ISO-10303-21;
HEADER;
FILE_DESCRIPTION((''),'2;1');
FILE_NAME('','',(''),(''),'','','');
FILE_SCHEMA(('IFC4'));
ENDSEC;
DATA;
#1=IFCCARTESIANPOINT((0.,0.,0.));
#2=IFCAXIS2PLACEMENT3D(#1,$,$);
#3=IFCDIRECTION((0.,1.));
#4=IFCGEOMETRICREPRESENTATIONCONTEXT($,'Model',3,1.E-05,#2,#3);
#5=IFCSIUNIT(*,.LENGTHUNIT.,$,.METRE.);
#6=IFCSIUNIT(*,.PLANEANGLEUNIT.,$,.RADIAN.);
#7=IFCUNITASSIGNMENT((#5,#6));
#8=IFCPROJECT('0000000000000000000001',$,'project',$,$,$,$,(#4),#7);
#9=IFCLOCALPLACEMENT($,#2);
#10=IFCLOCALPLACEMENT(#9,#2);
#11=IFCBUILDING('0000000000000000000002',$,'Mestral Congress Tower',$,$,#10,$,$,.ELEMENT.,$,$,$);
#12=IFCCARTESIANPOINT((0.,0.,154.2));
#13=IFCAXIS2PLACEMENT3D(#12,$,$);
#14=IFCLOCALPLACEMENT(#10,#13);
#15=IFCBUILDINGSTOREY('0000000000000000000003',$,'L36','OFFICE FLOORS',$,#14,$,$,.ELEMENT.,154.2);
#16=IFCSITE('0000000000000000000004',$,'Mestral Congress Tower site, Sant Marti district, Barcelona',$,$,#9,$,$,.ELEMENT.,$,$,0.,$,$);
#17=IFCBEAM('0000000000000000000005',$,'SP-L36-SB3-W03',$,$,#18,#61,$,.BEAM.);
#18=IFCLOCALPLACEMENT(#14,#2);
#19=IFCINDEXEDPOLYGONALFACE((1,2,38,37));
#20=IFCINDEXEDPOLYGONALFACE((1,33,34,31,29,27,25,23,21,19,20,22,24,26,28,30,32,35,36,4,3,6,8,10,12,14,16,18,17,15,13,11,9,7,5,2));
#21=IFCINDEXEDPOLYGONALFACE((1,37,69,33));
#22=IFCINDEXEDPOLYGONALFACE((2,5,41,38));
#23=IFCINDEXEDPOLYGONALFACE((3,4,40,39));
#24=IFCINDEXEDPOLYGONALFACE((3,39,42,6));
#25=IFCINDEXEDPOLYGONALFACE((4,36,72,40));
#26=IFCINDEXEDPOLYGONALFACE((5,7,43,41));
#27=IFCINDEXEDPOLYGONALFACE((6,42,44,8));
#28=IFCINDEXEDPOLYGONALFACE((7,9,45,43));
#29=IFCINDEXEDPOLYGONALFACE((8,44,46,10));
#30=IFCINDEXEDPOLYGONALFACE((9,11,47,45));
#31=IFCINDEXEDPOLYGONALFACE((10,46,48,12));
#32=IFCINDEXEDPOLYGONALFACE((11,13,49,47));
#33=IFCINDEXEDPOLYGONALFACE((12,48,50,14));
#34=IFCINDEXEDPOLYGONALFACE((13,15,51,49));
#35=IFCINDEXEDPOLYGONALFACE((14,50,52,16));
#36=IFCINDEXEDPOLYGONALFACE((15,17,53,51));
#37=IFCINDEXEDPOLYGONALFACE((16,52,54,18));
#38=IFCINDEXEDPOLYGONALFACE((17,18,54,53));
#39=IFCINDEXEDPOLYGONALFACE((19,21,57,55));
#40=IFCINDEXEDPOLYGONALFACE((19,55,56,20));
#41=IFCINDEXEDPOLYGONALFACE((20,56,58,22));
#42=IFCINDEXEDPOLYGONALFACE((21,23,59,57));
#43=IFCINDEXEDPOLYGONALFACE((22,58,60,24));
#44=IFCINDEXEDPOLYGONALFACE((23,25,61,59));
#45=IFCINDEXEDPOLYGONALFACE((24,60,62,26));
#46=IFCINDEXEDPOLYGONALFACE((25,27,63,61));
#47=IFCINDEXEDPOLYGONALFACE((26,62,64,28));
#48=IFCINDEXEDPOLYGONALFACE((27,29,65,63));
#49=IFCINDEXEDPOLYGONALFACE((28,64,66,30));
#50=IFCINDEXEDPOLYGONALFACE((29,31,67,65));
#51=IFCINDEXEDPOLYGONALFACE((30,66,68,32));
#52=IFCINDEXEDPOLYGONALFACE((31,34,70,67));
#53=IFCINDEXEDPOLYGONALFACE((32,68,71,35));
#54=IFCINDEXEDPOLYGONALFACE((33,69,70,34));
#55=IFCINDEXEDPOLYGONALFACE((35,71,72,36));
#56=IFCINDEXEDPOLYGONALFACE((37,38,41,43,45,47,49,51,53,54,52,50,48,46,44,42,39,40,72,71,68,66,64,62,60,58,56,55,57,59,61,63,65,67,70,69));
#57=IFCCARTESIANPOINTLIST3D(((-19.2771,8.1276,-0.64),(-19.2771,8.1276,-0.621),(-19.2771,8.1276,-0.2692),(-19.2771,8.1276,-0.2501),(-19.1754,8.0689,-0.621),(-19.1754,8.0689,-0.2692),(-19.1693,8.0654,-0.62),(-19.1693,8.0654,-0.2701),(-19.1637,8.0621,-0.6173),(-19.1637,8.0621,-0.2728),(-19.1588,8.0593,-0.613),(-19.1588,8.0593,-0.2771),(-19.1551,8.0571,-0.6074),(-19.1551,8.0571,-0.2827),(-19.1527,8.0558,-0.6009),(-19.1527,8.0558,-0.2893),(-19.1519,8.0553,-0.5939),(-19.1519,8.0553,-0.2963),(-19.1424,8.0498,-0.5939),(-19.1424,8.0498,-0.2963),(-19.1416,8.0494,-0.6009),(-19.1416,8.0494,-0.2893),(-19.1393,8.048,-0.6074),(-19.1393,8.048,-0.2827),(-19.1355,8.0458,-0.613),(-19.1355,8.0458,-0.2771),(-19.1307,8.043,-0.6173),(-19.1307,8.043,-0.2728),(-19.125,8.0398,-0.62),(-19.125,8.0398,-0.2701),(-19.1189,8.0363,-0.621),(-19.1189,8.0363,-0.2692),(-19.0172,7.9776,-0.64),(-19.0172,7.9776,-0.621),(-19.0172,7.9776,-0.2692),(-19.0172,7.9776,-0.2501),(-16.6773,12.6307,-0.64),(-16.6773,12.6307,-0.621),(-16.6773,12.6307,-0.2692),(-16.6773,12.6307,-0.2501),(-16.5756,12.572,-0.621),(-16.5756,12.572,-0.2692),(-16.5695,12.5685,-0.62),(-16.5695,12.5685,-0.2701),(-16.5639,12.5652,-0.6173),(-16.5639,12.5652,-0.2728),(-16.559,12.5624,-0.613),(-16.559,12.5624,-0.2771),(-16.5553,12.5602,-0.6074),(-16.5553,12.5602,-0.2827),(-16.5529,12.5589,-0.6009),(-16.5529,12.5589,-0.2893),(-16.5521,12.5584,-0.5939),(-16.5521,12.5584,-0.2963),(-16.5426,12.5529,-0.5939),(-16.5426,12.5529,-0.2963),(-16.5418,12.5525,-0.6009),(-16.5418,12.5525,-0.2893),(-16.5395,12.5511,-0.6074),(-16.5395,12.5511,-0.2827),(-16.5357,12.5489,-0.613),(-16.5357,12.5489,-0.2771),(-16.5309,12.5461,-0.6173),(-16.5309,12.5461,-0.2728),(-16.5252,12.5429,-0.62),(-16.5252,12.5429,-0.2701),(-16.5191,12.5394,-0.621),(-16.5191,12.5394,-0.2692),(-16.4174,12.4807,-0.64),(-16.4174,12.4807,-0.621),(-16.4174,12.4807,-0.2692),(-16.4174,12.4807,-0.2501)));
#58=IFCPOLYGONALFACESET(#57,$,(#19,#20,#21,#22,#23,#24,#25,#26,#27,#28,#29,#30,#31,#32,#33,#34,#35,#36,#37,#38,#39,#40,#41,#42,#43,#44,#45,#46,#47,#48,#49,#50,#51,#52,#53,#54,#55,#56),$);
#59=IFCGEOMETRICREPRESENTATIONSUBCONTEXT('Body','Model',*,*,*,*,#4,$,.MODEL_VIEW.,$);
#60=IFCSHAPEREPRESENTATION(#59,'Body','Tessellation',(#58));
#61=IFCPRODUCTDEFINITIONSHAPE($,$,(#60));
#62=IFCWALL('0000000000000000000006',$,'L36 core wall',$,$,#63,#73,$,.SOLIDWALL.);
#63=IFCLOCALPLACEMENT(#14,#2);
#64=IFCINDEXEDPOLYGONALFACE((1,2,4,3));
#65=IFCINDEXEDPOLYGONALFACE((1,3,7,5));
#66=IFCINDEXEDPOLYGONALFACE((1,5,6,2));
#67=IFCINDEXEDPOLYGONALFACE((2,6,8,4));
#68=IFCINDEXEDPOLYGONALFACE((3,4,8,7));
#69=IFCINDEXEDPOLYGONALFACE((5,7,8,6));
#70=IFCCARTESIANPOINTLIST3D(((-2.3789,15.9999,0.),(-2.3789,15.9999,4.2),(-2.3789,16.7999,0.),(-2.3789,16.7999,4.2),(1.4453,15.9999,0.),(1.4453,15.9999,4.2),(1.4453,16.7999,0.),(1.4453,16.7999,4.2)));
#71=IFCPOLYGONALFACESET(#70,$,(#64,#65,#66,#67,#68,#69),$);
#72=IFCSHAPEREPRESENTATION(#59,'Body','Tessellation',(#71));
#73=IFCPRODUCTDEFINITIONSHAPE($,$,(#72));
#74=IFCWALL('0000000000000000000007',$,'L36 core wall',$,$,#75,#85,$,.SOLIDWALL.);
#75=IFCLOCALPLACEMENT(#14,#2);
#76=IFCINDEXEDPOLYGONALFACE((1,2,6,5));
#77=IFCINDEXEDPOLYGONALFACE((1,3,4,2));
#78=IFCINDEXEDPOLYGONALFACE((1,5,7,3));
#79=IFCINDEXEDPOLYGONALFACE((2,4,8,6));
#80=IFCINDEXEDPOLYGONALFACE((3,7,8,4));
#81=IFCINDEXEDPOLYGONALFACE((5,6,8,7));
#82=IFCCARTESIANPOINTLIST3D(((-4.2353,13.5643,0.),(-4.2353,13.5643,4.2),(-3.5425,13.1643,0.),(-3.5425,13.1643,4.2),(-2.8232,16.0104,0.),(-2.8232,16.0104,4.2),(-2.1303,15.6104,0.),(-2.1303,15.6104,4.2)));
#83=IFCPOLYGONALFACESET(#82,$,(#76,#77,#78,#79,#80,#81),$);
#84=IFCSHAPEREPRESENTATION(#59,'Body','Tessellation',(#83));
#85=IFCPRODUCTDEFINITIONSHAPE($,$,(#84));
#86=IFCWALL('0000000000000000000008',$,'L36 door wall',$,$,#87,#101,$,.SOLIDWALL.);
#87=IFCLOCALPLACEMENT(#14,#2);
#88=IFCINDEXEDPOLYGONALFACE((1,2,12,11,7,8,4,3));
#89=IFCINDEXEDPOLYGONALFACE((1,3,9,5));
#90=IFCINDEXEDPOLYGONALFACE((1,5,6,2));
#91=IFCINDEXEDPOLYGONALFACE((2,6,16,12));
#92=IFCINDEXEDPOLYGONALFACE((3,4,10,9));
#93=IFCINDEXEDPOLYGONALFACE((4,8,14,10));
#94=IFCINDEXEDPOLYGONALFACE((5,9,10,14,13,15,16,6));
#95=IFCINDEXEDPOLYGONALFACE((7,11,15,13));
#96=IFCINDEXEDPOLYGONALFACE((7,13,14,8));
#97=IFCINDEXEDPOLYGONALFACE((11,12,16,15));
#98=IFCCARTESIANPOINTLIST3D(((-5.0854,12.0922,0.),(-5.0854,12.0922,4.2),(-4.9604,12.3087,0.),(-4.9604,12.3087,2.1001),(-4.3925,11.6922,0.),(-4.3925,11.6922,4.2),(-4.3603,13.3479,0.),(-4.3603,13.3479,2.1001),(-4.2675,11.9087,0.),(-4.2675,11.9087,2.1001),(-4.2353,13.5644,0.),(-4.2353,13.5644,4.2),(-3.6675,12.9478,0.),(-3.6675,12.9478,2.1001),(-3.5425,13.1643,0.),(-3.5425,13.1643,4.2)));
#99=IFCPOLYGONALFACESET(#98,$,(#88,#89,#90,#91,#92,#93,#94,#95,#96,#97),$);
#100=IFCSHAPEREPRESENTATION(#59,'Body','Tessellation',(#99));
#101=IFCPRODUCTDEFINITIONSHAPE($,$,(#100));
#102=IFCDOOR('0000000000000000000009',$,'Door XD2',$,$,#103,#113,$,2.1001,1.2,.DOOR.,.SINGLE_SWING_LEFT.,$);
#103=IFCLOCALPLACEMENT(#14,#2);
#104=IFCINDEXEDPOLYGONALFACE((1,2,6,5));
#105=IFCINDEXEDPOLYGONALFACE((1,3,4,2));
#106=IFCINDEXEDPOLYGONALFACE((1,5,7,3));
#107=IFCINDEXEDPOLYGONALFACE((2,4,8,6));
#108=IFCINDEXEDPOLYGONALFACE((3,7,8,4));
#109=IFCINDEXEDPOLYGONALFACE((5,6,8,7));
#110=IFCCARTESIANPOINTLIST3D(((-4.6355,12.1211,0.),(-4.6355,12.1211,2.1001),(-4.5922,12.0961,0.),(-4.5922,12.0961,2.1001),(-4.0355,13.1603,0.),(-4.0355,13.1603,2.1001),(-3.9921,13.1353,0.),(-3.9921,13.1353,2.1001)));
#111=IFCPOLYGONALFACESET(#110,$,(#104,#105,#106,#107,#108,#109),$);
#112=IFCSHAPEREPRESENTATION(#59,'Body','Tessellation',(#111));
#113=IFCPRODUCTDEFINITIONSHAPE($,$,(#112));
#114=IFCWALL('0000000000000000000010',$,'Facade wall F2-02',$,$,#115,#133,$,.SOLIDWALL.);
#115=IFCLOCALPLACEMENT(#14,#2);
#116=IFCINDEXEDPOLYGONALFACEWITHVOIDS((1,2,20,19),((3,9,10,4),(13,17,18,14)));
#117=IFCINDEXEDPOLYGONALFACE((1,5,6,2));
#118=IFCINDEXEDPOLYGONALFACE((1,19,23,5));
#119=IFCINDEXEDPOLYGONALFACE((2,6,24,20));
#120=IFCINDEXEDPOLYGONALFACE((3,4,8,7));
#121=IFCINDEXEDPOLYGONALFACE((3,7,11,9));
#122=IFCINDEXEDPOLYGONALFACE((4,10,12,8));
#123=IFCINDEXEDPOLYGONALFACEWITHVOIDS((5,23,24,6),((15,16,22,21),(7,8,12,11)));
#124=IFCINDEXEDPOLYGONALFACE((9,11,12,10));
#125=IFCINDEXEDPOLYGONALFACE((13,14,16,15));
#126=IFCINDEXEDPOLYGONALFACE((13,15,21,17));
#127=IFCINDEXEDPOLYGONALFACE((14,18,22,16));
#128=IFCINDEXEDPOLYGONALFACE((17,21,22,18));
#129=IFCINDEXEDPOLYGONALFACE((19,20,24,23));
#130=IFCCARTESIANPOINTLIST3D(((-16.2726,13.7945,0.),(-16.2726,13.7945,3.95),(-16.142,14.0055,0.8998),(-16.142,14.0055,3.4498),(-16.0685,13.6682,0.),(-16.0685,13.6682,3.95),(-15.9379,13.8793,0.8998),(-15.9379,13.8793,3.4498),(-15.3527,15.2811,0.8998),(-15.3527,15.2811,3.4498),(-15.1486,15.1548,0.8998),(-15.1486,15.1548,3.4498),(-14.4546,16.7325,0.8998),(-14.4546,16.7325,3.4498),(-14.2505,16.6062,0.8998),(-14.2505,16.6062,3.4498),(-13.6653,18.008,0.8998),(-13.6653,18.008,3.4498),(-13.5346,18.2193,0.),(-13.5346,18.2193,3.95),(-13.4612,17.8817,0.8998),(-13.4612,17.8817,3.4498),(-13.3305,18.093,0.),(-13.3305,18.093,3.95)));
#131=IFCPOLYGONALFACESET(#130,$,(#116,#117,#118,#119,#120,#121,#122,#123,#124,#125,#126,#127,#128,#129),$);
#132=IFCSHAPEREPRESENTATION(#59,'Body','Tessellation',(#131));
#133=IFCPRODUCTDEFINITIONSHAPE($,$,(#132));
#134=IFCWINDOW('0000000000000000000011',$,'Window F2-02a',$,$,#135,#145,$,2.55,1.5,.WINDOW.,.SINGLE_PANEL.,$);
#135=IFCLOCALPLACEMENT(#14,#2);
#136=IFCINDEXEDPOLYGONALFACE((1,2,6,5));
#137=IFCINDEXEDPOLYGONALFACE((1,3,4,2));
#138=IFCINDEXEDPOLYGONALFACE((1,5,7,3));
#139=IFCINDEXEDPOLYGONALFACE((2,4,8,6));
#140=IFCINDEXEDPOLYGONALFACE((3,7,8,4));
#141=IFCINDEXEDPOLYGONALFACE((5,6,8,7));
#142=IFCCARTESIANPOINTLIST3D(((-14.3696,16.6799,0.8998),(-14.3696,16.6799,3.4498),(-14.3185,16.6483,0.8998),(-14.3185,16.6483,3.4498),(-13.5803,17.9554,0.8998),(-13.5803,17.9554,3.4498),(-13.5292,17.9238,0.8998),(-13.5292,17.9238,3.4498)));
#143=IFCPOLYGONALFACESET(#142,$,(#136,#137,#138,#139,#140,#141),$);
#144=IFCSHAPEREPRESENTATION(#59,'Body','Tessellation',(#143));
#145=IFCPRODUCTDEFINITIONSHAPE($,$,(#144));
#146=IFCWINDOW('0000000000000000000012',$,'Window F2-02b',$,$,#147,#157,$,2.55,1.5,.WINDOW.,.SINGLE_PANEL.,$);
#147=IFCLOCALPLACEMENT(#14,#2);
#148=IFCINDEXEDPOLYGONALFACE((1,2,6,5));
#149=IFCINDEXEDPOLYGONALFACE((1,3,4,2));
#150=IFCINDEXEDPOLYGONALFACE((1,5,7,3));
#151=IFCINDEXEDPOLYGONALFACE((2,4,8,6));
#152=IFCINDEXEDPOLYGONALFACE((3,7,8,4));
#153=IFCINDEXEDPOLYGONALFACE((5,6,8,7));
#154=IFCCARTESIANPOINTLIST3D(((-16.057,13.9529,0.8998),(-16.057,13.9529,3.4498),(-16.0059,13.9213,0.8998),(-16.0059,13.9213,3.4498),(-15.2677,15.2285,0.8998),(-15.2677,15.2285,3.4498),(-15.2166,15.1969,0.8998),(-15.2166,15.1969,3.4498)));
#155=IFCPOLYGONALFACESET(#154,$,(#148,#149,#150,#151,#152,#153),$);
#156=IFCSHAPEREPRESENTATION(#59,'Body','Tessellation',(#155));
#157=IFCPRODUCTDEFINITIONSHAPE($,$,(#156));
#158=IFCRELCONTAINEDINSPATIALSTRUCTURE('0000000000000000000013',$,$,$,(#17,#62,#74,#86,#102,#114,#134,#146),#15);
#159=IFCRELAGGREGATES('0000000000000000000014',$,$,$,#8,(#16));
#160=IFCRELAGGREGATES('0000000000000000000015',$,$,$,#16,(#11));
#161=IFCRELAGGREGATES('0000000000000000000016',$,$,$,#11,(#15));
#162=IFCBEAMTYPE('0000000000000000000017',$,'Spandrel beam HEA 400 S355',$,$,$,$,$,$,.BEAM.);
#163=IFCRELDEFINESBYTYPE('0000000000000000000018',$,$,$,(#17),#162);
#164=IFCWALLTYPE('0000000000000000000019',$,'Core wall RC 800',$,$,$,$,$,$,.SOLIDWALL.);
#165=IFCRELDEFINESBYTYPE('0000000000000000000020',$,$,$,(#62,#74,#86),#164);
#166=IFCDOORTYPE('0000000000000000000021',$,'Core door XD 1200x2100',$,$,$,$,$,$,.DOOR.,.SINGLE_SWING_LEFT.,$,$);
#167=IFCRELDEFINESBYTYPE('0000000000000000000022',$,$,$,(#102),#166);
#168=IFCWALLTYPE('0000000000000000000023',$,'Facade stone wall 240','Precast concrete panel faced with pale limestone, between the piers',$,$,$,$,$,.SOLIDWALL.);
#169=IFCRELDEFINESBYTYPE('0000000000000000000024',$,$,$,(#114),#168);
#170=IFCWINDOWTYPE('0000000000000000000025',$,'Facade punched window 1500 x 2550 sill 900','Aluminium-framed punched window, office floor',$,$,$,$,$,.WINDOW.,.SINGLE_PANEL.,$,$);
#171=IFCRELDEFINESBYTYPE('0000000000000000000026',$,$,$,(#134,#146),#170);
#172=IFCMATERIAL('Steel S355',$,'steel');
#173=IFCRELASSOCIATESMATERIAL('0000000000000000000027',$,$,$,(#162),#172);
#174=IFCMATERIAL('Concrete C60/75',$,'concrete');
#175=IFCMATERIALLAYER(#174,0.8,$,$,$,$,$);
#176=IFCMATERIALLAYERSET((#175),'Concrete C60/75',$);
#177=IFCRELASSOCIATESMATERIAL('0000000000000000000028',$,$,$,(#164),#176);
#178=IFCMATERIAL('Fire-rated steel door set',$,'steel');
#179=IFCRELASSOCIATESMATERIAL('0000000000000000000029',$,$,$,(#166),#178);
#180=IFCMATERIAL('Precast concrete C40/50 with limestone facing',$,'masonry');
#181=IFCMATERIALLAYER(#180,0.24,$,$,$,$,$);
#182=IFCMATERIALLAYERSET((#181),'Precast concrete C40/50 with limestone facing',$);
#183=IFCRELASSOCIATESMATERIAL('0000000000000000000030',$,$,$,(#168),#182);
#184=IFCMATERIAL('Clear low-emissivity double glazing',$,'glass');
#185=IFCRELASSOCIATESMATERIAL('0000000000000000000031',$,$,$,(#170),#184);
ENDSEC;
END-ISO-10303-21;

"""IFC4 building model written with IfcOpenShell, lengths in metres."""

from ifc_helpers import new_model, si_unit, direction, frame, frame_2d, origin, origin_2d, place, context, subcontext, project, spatial, rectangle, i_section, extrude, material, layer, layer_set, material_profile, profile_set, type_object, element, fill, save


model = new_model("IFC4")

# Units and contexts
model_context = context("Model", 3, precision=1e-05, world=origin(), true_north=direction((0.0, 1.0)))
body_context = subcontext(model_context, "Body", "Model", "MODEL_VIEW")
ifc_project = project(units=[si_unit("LENGTHUNIT", "METRE"), si_unit("PLANEANGLEUNIT", "RADIAN")], contexts=[model_context])

# Site, building, storey
site_placement = place(None, origin())
site = spatial("IfcSite", under=ifc_project, at=site_placement, Name="Mestral Congress Tower site, Sant Marti district, Barcelona", CompositionType="ELEMENT", RefElevation=0.0)
building_placement = place(site_placement, origin())
building = spatial("IfcBuilding", under=site, at=building_placement, Name="Mestral Congress Tower", CompositionType="ELEMENT")
storey_placement = place(building_placement, frame((0.0, 0.0, 154.2)))
storey = spatial("IfcBuildingStorey", under=building, at=storey_placement, Name="L36", Description="OFFICE FLOORS", CompositionType="ELEMENT", Elevation=154.2)

# Shared definitions
ifc_material_1 = material(Name="Concrete C60/75", Category="concrete")

# Beam
ifc_material_2 = material(Name="Steel S355", Category="steel")
ifc_material_profile_1 = material_profile(ifc_material_2, i_section(OverallWidth=0.3, OverallDepth=0.3899, WebThickness=0.011, FlangeThickness=0.019, FilletRadius=0.0271, at=origin_2d()), Name="HEA 400")
ifc_profile_set_1 = profile_set([ifc_material_profile_1], Name="Steel S355")
beam_type_1 = type_object("IfcBeamType", Name="Spandrel beam HEA 400 S355", PredefinedType="BEAM", material=ifc_profile_set_1)
beam_1_placement = place(storey_placement, frame((-16.5474, 12.5557, -0.4451), z_axis=(-0.499992, -0.86603, 0.0), x_axis=(0.86603, -0.499992, 0.0)))
element("IfcBeam", 1, at=beam_1_placement, inside=storey, type_object=beam_type_1, Name="SP-L36-SB3-W03", PredefinedType="BEAM", context=body_context, shape_type="SweptSolid", body=[
    extrude(i_section(OverallWidth=0.3, OverallDepth=0.3899, WebThickness=0.011, FlangeThickness=0.019, FilletRadius=0.0271, at=origin_2d()), origin(), (0.0, 0.0, 1.0), 5.1997),
])

# Walls
ifc_layer_1 = layer(ifc_material_1, 0.8)
ifc_layer_set_1 = layer_set([ifc_layer_1], Name="Concrete C60/75")
wall_type_1 = type_object("IfcWallType", Name="Core wall RC 800", PredefinedType="SOLIDWALL", material=ifc_layer_set_1)
wall_1_placement = place(storey_placement, frame((-2.3789, 16.3999, 0.0), z_axis=(0.0, 0.0, 1.0), x_axis=(1.0, 0.0, 0.0)))
element("IfcWall", 2, at=wall_1_placement, inside=storey, type_object=wall_type_1, Name="L36 core wall", PredefinedType="SOLIDWALL", context=body_context, shape_type="SweptSolid", body=[
    extrude(rectangle(XDim=3.8242, YDim=0.8, at=frame_2d((1.9121, 0.0))), origin(), (0.0, 0.0, 1.0), 4.2),
])
wall_2_placement = place(storey_placement, frame((-2.4768, 15.8103, 0.0), z_axis=(0.0, 0.0, 1.0), x_axis=(-0.499969, -0.866043, 0.0)))
element("IfcWall", 3, at=wall_2_placement, inside=storey, type_object=wall_type_1, Name="L36 core wall", PredefinedType="SOLIDWALL", context=body_context, shape_type="SweptSolid", body=[
    extrude(rectangle(XDim=2.8245, YDim=0.8, at=frame_2d((1.4121, 0.0))), origin(), (0.0, 0.0, 1.0), 4.2),
])

# Wall, opening, door
wall_3_placement = place(storey_placement, frame((-4.739, 11.8921, 0.0), z_axis=(0.0, 0.0, 1.0), x_axis=(0.500062, 0.865989, 0.0)))
wall_3 = element("IfcWall", 4, at=wall_3_placement, inside=storey, type_object=wall_type_1, Name="L36 door wall", PredefinedType="SOLIDWALL", context=body_context, shape_type="SweptSolid", body=[
    extrude(rectangle(XDim=1.7, YDim=0.8, at=frame_2d((0.8501, 0.0))), origin(), (0.0, 0.0, 1.0), 4.2),
])
opening_1_placement = place(wall_3_placement, frame((0.25, 0.0, 0.0)))
opening_1 = element("IfcOpeningElement", 5, at=opening_1_placement, cuts=wall_3, PredefinedType="OPENING", context=body_context, shape_type="SweptSolid", body=[
    extrude(rectangle(XDim=1.2, YDim=2.1001, at=frame_2d((0.6001, 1.05))), frame((0.0, 0.4099, 0.0), z_axis=(0.0, -1.0, 0.0), x_axis=(1.0, 0.0, 0.0)), (0.0, 0.0, 1.0), 0.8201),
])
ifc_material_3 = material(Name="Fire-rated steel door set", Category="steel")
door_type_1 = type_object("IfcDoorType", Name="Core door XD 1200x2100", OperationType="SINGLE_SWING_LEFT", PredefinedType="DOOR", material=ifc_material_3)
door_1_placement = place(opening_1_placement, origin())
door_1 = element("IfcDoor", 6, at=door_1_placement, inside=storey, type_object=door_type_1, Name="Door XD2", OperationType="SINGLE_SWING_LEFT", OverallHeight=2.1001, OverallWidth=1.2, PredefinedType="DOOR", context=body_context, shape_type="SweptSolid", body=[
    extrude(rectangle(XDim=1.2, YDim=2.1001, at=frame_2d((0.6001, 1.05))), frame((0.0, 0.0249, 0.0), z_axis=(0.0, -1.0, 0.0), x_axis=(1.0, 0.0, 0.0)), (0.0, 0.0, 1.0), 0.05),
])
fill(opening_1, door_1)

# Wall, openings, windows
ifc_material_4 = material(Name="Precast concrete C40/50 with limestone facing", Category="masonry")
ifc_layer_2 = layer(ifc_material_4, 0.24)
ifc_layer_set_2 = layer_set([ifc_layer_2], Name="Precast concrete C40/50 with limestone facing")
wall_type_2 = type_object("IfcWallType", Name="Facade stone wall 240", Description="Precast concrete panel faced with pale limestone, between the piers", PredefinedType="SOLIDWALL", material=ifc_layer_set_2)
wall_4_placement = place(storey_placement, frame((-13.4326, 18.156, 0.0), z_axis=(0.0, 0.0, 1.0), x_axis=(-0.526198, -0.850362, 0.0)))
wall_4 = element("IfcWall", 7, at=wall_4_placement, inside=storey, type_object=wall_type_2, Name="Facade wall F2-02", PredefinedType="SOLIDWALL", context=body_context, shape_type="SweptSolid", body=[
    extrude(rectangle(XDim=5.2034, YDim=0.24, at=frame_2d((2.6016, 0.0))), origin(), (0.0, 0.0, 1.0), 3.95),
])
opening_2_placement = place(wall_4_placement, frame((0.2483, 0.0, 0.8999)))
opening_2 = element("IfcOpeningElement", 8, at=opening_2_placement, cuts=wall_4, PredefinedType="OPENING", context=body_context, shape_type="SweptSolid", body=[
    extrude(rectangle(XDim=1.5, YDim=2.55, at=frame_2d((0.75, 1.2749))), frame((0.0, 0.1299, 0.0), z_axis=(0.0, -1.0, 0.0), x_axis=(1.0, 0.0, 0.0)), (0.0, 0.0, 1.0), 0.26),
])
opening_3_placement = place(wall_4_placement, frame((3.4551, 0.0, 0.8999)))
opening_3 = element("IfcOpeningElement", 9, at=opening_3_placement, cuts=wall_4, PredefinedType="OPENING", context=body_context, shape_type="SweptSolid", body=[
    extrude(rectangle(XDim=1.5, YDim=2.55, at=frame_2d((0.75, 1.2749))), frame((0.0, 0.1299, 0.0), z_axis=(0.0, -1.0, 0.0), x_axis=(1.0, 0.0, 0.0)), (0.0, 0.0, 1.0), 0.26),
])
ifc_material_5 = material(Name="Clear low-emissivity double glazing", Category="glass")
window_type = type_object("IfcWindowType", Name="Facade punched window 1500 x 2550 sill 900", Description="Aluminium-framed punched window, office floor", PartitioningType="SINGLE_PANEL", PredefinedType="WINDOW", material=ifc_material_5)
window_1_placement = place(opening_2_placement, origin())
window_1 = element("IfcWindow", 10, at=window_1_placement, inside=storey, type_object=window_type, Name="Window F2-02a", OverallHeight=2.55, OverallWidth=1.5, PartitioningType="SINGLE_PANEL", PredefinedType="WINDOW", context=body_context, shape_type="SweptSolid", body=[
    extrude(rectangle(XDim=1.5, YDim=2.55, at=frame_2d((0.75, 1.2749))), frame((0.0, 0.04, 0.0), z_axis=(0.0, -1.0, 0.0), x_axis=(1.0, 0.0, 0.0)), (0.0, 0.0, 1.0), 0.0601),
])
fill(opening_2, window_1)
window_2_placement = place(opening_3_placement, origin())
window_2 = element("IfcWindow", 11, at=window_2_placement, inside=storey, type_object=window_type, Name="Window F2-02b", OverallHeight=2.55, OverallWidth=1.5, PartitioningType="SINGLE_PANEL", PredefinedType="WINDOW", context=body_context, shape_type="SweptSolid", body=[
    extrude(rectangle(XDim=1.5, YDim=2.55, at=frame_2d((0.75, 1.2749))), frame((0.0, 0.04, 0.0), z_axis=(0.0, -1.0, 0.0), x_axis=(1.0, 0.0, 0.0)), (0.0, 0.0, 1.0), 0.0601),
])
fill(opening_3, window_2)

save(model, "model.ifc")
